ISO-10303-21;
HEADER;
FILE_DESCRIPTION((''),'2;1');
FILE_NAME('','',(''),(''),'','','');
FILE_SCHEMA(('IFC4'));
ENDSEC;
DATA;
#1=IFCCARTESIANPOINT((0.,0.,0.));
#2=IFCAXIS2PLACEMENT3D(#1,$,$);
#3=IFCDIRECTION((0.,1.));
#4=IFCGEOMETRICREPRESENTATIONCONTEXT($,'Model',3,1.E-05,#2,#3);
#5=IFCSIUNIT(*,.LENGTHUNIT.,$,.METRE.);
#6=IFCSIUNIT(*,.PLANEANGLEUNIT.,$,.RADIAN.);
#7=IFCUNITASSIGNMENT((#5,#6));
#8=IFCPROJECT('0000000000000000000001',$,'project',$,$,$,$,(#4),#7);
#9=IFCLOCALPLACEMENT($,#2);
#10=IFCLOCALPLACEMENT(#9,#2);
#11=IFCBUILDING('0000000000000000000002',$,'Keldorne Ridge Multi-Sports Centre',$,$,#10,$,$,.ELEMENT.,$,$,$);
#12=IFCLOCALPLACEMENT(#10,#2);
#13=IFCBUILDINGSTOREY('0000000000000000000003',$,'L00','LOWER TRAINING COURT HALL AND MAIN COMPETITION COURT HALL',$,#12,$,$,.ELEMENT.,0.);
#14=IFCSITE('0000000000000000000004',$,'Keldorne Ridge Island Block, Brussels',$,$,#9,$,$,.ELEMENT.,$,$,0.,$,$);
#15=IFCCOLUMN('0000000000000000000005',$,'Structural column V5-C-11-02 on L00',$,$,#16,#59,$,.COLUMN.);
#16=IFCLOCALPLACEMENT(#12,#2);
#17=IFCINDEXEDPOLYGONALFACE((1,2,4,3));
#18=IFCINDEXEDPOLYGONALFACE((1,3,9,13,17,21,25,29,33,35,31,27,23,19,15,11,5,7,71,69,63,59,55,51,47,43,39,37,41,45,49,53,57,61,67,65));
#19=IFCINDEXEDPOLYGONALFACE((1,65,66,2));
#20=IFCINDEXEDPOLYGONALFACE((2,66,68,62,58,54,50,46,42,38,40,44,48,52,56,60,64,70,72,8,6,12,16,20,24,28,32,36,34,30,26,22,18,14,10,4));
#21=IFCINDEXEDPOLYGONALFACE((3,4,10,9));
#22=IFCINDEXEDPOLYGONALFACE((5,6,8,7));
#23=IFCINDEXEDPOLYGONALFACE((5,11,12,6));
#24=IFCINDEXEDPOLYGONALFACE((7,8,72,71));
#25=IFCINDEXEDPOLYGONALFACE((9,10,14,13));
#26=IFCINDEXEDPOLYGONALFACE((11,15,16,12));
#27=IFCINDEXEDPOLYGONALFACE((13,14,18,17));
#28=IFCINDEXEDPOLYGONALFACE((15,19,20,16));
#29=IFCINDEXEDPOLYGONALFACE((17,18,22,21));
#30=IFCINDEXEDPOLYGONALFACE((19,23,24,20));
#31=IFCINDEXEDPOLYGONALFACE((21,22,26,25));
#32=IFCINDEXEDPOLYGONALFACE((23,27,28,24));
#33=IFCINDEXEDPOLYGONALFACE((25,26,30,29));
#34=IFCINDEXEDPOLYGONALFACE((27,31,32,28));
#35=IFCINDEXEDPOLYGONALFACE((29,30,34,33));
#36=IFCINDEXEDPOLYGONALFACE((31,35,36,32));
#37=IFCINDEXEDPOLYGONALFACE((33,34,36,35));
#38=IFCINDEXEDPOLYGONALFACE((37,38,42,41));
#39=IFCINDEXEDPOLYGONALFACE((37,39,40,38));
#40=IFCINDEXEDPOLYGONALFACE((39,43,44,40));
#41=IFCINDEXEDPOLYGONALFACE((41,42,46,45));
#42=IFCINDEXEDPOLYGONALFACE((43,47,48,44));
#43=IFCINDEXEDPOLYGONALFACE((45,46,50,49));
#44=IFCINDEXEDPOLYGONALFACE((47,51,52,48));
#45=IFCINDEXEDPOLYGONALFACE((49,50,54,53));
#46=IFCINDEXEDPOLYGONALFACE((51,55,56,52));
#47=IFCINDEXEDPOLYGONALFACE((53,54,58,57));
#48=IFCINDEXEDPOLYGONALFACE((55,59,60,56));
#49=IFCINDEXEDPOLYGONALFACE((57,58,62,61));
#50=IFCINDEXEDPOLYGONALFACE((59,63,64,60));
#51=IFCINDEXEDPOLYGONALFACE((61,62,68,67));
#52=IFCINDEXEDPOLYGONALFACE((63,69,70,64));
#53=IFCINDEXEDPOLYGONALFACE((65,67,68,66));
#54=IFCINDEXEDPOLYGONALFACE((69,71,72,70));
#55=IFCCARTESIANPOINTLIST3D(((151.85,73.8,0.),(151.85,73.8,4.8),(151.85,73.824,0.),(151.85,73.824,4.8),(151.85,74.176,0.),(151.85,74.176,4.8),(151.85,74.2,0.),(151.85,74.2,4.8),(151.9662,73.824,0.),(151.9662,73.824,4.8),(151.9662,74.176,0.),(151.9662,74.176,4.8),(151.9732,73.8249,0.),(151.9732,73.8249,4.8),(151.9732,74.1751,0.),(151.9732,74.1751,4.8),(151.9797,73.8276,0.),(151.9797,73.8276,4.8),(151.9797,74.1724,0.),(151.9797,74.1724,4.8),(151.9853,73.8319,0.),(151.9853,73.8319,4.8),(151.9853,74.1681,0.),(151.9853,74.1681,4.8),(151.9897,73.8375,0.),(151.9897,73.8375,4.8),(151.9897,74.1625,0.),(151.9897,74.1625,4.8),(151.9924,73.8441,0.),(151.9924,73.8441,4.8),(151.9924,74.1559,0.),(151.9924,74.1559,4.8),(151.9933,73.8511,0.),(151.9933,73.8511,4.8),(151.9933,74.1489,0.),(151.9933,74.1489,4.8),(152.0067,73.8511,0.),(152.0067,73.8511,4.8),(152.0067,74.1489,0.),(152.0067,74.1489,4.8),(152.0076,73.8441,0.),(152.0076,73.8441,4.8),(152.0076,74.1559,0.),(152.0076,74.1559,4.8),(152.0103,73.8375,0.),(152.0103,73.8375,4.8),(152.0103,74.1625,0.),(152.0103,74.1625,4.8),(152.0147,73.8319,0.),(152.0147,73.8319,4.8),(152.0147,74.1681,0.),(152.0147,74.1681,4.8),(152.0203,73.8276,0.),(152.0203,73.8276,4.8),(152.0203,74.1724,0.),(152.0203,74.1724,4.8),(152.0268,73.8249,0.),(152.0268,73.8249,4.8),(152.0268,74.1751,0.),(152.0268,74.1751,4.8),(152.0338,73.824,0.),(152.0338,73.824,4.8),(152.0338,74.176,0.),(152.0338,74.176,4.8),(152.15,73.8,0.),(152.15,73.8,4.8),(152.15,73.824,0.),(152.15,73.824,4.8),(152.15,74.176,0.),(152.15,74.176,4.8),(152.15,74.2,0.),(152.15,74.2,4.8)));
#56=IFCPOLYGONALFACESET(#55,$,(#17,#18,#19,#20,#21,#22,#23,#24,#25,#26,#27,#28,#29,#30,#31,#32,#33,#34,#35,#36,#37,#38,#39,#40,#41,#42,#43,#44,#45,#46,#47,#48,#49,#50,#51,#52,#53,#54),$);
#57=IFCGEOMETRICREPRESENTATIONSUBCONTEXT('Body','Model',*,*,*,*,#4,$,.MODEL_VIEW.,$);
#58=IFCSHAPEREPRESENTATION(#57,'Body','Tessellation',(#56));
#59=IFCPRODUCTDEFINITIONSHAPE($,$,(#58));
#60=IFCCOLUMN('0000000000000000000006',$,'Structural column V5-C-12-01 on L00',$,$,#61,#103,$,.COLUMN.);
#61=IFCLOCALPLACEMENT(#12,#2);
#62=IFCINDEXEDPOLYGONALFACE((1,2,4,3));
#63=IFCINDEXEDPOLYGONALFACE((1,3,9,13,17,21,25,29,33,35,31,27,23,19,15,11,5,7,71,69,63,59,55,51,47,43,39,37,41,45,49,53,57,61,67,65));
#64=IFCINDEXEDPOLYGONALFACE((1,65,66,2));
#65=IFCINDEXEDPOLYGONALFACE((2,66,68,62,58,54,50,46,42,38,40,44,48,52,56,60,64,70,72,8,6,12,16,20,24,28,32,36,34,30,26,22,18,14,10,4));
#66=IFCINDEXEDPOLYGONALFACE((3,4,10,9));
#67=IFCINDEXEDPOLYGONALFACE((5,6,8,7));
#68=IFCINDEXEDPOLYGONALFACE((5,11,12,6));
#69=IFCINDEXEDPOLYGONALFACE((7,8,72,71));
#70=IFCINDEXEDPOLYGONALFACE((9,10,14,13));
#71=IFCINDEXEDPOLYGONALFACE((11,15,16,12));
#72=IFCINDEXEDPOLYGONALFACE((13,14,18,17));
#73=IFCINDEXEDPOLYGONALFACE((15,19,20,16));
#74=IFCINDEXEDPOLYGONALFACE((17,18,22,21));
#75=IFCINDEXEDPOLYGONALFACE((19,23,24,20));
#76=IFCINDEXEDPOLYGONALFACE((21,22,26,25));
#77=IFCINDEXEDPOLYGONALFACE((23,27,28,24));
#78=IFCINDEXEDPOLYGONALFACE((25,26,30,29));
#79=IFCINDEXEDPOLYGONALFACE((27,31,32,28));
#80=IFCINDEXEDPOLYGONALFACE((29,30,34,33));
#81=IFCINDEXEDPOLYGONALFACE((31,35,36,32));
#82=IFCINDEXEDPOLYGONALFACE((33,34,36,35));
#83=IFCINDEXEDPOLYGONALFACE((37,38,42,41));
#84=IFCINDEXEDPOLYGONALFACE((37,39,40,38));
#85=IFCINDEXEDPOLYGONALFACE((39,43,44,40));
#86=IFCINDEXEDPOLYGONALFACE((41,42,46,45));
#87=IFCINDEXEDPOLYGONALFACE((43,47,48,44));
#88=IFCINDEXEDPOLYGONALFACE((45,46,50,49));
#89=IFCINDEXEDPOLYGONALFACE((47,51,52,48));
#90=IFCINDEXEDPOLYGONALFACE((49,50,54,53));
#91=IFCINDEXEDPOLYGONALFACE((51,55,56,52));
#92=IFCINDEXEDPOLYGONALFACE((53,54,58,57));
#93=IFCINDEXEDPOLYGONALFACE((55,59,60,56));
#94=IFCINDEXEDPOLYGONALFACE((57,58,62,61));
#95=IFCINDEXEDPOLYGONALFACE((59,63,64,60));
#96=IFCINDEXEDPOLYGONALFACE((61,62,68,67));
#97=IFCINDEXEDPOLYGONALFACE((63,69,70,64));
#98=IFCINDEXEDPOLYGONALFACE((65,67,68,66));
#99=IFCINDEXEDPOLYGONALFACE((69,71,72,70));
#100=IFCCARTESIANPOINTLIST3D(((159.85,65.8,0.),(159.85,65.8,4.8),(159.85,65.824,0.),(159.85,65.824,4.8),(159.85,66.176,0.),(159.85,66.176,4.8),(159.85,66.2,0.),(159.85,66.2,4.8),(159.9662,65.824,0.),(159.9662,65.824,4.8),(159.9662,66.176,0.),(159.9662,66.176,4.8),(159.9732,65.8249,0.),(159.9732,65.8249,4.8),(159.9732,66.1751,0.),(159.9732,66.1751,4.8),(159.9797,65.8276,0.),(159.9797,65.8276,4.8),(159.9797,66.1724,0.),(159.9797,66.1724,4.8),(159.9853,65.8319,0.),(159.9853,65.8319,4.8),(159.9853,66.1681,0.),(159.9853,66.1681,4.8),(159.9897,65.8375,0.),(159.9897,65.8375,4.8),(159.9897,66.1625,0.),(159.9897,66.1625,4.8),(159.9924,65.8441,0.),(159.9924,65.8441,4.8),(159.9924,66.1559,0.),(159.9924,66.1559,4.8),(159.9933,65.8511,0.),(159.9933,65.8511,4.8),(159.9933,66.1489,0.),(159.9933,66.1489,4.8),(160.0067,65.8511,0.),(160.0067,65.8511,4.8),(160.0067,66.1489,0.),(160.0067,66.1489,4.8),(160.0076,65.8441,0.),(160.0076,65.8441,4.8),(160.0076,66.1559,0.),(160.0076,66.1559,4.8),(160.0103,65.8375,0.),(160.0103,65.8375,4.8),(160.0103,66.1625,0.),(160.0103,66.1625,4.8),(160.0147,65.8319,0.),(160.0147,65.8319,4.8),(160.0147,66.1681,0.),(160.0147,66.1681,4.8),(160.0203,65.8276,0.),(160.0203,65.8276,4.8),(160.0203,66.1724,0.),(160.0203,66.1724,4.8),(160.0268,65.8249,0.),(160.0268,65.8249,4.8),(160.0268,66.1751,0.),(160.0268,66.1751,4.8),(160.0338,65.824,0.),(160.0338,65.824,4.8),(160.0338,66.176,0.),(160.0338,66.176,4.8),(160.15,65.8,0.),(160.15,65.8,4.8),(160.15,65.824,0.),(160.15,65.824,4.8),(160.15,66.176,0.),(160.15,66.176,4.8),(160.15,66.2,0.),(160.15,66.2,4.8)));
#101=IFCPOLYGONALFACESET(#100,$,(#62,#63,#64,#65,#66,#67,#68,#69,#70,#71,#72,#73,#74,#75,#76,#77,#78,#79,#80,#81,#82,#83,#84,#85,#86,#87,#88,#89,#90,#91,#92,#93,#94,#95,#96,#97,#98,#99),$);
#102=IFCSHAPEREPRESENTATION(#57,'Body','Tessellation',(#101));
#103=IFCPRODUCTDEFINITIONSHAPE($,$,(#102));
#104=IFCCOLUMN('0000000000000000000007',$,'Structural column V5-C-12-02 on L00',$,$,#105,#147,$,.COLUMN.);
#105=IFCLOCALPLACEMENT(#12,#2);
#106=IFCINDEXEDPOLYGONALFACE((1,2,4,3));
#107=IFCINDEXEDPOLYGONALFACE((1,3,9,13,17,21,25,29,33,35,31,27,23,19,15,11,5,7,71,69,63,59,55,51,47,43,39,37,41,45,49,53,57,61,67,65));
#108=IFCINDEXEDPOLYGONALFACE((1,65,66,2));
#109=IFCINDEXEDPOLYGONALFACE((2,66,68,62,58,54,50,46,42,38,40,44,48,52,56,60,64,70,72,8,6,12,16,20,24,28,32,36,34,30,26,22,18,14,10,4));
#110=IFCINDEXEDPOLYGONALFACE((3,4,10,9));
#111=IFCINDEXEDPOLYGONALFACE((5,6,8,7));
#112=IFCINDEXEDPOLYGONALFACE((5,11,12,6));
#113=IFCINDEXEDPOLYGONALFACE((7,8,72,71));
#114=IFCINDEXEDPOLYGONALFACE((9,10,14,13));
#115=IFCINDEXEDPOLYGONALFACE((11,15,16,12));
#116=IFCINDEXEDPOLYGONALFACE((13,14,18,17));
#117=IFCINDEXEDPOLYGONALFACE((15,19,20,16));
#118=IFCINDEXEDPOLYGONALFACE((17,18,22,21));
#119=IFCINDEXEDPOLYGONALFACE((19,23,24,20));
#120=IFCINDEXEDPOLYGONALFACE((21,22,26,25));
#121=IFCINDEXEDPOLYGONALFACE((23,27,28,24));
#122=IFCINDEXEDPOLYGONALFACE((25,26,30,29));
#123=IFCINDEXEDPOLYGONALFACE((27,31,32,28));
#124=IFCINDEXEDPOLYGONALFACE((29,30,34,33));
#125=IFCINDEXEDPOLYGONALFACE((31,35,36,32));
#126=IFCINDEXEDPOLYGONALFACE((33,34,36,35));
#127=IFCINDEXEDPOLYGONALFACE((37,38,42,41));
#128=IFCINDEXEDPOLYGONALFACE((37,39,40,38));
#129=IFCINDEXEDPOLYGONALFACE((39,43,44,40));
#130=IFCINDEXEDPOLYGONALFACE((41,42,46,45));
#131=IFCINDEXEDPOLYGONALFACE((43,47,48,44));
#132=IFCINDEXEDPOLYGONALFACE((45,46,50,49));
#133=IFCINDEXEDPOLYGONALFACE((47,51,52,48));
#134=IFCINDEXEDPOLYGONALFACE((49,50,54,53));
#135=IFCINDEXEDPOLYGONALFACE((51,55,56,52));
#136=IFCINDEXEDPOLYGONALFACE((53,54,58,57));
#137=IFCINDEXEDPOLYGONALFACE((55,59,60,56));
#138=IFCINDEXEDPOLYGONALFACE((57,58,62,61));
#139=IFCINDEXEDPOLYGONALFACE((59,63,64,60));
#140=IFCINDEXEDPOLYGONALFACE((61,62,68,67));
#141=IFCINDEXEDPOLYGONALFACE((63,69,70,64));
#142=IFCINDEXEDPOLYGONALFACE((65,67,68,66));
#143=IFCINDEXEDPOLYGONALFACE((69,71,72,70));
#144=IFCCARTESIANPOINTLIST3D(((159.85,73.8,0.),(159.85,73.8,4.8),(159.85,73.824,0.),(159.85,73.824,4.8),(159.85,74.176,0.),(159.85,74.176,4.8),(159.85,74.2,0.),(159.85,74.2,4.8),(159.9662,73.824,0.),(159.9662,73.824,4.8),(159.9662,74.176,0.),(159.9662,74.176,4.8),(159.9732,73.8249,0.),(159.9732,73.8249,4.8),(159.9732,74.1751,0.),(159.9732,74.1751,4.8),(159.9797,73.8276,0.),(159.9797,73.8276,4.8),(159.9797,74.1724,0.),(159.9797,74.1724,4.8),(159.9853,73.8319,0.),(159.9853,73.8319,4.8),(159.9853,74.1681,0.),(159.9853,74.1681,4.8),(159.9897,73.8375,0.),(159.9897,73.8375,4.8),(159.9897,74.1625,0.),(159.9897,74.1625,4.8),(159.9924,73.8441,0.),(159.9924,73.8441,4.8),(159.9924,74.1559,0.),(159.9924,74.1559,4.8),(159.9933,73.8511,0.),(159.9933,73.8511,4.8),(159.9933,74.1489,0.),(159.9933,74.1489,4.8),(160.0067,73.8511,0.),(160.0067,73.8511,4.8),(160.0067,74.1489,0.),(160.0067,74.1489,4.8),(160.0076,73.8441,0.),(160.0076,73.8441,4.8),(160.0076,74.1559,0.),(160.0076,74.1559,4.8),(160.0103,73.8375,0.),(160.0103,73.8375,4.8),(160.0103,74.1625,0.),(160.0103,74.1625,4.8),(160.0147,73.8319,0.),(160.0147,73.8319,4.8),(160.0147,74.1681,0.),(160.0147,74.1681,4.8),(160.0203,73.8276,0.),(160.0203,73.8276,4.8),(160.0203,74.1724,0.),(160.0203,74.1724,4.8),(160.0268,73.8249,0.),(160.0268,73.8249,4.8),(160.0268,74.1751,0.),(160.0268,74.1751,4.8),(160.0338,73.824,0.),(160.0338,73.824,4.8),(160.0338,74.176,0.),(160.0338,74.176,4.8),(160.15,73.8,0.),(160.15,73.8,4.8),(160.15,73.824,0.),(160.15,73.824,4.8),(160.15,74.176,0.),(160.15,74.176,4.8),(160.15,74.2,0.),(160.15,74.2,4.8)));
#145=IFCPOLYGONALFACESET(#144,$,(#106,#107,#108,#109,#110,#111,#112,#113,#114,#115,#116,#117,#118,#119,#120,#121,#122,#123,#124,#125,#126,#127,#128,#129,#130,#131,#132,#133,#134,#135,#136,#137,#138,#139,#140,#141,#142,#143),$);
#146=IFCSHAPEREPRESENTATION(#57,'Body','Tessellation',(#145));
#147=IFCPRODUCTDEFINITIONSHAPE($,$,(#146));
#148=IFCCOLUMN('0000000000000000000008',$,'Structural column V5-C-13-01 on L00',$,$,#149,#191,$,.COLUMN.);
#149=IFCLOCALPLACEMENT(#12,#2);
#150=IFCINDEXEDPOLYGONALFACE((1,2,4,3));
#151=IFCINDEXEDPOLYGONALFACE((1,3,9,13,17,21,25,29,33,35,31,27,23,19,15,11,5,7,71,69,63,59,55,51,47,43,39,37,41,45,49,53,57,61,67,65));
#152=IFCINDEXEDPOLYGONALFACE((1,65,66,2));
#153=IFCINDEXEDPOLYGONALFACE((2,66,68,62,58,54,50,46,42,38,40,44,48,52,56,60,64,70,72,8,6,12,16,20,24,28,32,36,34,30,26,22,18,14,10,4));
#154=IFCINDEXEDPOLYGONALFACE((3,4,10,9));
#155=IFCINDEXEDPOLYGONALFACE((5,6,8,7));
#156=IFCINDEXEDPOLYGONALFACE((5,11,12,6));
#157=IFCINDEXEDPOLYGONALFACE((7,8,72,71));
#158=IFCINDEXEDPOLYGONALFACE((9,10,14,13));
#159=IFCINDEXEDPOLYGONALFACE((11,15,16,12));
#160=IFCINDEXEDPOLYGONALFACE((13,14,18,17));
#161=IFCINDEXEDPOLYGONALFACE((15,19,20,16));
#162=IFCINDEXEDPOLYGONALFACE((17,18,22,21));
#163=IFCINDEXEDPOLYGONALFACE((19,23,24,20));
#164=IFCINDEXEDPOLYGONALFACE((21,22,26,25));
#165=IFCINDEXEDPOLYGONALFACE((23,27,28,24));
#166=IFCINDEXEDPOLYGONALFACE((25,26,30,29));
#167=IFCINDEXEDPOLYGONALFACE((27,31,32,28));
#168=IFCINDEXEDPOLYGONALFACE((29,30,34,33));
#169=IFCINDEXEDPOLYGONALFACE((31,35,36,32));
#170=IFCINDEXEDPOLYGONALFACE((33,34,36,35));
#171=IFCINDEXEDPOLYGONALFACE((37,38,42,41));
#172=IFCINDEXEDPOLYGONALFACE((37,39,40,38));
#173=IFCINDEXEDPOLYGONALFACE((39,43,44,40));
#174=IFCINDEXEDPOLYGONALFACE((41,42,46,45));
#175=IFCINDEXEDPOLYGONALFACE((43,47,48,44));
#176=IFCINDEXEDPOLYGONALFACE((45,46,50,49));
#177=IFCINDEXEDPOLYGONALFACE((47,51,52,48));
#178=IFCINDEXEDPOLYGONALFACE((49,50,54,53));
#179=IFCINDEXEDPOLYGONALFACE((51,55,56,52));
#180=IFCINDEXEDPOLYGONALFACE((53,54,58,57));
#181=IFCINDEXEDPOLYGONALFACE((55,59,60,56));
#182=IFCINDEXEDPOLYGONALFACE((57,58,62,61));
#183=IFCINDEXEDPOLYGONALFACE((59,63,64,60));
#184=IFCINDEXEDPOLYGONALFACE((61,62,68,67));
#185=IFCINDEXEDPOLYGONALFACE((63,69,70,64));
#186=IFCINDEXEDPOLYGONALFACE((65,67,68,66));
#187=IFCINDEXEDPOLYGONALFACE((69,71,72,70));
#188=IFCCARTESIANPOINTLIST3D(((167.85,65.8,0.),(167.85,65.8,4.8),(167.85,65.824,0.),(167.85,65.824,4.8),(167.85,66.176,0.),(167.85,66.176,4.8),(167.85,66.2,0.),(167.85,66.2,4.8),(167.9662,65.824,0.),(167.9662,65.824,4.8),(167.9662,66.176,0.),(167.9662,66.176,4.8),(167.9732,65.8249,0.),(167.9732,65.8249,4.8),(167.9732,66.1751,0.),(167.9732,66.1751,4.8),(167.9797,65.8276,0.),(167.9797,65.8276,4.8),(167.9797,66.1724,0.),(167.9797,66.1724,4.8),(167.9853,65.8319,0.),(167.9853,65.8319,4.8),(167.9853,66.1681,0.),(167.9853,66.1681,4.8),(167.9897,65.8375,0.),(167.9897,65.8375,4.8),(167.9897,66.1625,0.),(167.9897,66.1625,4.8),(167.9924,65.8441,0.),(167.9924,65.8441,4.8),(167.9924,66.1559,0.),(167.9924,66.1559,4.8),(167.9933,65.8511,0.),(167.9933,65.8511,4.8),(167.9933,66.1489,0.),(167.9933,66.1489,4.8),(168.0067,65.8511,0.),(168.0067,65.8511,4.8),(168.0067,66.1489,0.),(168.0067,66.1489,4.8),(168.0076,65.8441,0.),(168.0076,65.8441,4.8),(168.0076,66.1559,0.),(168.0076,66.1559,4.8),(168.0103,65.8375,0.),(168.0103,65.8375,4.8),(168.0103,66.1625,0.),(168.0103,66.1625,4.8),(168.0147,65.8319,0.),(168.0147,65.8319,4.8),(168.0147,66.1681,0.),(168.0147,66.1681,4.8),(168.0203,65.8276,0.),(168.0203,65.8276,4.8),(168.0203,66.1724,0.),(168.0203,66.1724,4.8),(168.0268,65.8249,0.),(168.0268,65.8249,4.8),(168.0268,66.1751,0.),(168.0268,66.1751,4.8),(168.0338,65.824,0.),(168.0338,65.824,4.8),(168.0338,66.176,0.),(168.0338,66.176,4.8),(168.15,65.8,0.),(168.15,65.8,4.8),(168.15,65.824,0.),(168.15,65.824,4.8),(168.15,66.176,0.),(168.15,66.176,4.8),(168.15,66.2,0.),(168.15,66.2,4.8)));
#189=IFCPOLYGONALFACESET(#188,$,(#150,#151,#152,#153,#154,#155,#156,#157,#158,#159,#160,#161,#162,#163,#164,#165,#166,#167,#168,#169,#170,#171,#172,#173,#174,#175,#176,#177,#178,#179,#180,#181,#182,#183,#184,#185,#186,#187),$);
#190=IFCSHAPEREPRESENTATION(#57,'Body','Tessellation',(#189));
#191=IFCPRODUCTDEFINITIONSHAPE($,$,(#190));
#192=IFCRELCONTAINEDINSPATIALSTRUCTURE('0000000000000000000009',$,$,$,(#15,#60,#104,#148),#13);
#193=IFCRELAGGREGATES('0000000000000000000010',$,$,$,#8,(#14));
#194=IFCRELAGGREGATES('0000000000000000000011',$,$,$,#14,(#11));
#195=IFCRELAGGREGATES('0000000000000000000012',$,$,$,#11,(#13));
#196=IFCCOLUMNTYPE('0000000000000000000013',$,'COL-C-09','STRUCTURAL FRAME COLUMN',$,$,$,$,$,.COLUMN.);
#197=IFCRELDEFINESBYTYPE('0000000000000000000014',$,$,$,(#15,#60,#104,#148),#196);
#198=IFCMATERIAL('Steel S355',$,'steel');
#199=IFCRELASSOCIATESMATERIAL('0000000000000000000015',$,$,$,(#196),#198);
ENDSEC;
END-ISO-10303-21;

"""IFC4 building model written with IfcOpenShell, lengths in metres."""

from ifc_helpers import new_model, si_unit, direction, frame, origin, origin_2d, place, context, subcontext, project, spatial, i_section, extrude, material, material_profile, profile_set, type_object, element, save


model = new_model("IFC4")

# Units and contexts
model_context = context("Model", 3, precision=1e-05, world=origin(), true_north=direction((0.0, 1.0)))
body_context = subcontext(model_context, "Body", "Model", "MODEL_VIEW")
ifc_project = project(units=[si_unit("LENGTHUNIT", "METRE"), si_unit("PLANEANGLEUNIT", "RADIAN")], contexts=[model_context])

# Site, building, storey
site_placement = place(None, origin())
site = spatial("IfcSite", under=ifc_project, at=site_placement, Name="Keldorne Ridge Island Block, Brussels", CompositionType="ELEMENT", RefElevation=0.0)
building_placement = place(site_placement, origin())
building = spatial("IfcBuilding", under=site, at=building_placement, Name="Keldorne Ridge Multi-Sports Centre", CompositionType="ELEMENT")
storey_placement = place(building_placement, origin())
storey = spatial("IfcBuildingStorey", under=building, at=storey_placement, Name="L00", Description="LOWER TRAINING COURT HALL AND MAIN COMPETITION COURT HALL", CompositionType="ELEMENT", Elevation=0.0)

# Columns
ifc_material_1 = material(Name="Steel S355", Category="steel")
ifc_material_profile_1 = material_profile(ifc_material_1, i_section(OverallWidth=0.3, OverallDepth=0.3999, WebThickness=0.0134, FlangeThickness=0.0239, FilletRadius=0.0271, at=origin_2d()), Name="HEB 400")
ifc_profile_set_1 = profile_set([ifc_material_profile_1], Name="Steel S355")
column_type = type_object("IfcColumnType", Name="COL-C-09", Description="STRUCTURAL FRAME COLUMN", PredefinedType="COLUMN", material=ifc_profile_set_1)
for number, where, z_axis, x_axis, name in (
    (1, (152.0, 74.0, 0.0), (0.0, 0.0, 1.0), (1.0, 0.0, 0.0), "Structural column V5-C-11-02 on L00"),
    (2, (160.0, 66.0, 0.0), (0.0, 0.0, 1.0), (1.0, 0.0, 0.0), "Structural column V5-C-12-01 on L00"),
    (3, (160.0, 74.0, 0.0), (0.0, 0.0, 1.0), (1.0, 0.0, 0.0), "Structural column V5-C-12-02 on L00"),
    (4, (168.0, 66.0, 0.0), (0.0, 0.0, 1.0), (1.0, 0.0, 0.0), "Structural column V5-C-13-01 on L00"),
):
    element("IfcColumn", number, at=place(storey_placement, frame(where, z_axis=z_axis, x_axis=x_axis)), inside=storey, type_object=column_type, Name=name, PredefinedType="COLUMN", context=body_context, shape_type="SweptSolid", body=[
        extrude(i_section(OverallWidth=0.3, OverallDepth=0.3999, WebThickness=0.0134, FlangeThickness=0.0239, FilletRadius=0.0271, at=origin_2d()), origin(), (0.0, 0.0, 1.0), 4.8),
    ])

save(model, "model.ifc")
